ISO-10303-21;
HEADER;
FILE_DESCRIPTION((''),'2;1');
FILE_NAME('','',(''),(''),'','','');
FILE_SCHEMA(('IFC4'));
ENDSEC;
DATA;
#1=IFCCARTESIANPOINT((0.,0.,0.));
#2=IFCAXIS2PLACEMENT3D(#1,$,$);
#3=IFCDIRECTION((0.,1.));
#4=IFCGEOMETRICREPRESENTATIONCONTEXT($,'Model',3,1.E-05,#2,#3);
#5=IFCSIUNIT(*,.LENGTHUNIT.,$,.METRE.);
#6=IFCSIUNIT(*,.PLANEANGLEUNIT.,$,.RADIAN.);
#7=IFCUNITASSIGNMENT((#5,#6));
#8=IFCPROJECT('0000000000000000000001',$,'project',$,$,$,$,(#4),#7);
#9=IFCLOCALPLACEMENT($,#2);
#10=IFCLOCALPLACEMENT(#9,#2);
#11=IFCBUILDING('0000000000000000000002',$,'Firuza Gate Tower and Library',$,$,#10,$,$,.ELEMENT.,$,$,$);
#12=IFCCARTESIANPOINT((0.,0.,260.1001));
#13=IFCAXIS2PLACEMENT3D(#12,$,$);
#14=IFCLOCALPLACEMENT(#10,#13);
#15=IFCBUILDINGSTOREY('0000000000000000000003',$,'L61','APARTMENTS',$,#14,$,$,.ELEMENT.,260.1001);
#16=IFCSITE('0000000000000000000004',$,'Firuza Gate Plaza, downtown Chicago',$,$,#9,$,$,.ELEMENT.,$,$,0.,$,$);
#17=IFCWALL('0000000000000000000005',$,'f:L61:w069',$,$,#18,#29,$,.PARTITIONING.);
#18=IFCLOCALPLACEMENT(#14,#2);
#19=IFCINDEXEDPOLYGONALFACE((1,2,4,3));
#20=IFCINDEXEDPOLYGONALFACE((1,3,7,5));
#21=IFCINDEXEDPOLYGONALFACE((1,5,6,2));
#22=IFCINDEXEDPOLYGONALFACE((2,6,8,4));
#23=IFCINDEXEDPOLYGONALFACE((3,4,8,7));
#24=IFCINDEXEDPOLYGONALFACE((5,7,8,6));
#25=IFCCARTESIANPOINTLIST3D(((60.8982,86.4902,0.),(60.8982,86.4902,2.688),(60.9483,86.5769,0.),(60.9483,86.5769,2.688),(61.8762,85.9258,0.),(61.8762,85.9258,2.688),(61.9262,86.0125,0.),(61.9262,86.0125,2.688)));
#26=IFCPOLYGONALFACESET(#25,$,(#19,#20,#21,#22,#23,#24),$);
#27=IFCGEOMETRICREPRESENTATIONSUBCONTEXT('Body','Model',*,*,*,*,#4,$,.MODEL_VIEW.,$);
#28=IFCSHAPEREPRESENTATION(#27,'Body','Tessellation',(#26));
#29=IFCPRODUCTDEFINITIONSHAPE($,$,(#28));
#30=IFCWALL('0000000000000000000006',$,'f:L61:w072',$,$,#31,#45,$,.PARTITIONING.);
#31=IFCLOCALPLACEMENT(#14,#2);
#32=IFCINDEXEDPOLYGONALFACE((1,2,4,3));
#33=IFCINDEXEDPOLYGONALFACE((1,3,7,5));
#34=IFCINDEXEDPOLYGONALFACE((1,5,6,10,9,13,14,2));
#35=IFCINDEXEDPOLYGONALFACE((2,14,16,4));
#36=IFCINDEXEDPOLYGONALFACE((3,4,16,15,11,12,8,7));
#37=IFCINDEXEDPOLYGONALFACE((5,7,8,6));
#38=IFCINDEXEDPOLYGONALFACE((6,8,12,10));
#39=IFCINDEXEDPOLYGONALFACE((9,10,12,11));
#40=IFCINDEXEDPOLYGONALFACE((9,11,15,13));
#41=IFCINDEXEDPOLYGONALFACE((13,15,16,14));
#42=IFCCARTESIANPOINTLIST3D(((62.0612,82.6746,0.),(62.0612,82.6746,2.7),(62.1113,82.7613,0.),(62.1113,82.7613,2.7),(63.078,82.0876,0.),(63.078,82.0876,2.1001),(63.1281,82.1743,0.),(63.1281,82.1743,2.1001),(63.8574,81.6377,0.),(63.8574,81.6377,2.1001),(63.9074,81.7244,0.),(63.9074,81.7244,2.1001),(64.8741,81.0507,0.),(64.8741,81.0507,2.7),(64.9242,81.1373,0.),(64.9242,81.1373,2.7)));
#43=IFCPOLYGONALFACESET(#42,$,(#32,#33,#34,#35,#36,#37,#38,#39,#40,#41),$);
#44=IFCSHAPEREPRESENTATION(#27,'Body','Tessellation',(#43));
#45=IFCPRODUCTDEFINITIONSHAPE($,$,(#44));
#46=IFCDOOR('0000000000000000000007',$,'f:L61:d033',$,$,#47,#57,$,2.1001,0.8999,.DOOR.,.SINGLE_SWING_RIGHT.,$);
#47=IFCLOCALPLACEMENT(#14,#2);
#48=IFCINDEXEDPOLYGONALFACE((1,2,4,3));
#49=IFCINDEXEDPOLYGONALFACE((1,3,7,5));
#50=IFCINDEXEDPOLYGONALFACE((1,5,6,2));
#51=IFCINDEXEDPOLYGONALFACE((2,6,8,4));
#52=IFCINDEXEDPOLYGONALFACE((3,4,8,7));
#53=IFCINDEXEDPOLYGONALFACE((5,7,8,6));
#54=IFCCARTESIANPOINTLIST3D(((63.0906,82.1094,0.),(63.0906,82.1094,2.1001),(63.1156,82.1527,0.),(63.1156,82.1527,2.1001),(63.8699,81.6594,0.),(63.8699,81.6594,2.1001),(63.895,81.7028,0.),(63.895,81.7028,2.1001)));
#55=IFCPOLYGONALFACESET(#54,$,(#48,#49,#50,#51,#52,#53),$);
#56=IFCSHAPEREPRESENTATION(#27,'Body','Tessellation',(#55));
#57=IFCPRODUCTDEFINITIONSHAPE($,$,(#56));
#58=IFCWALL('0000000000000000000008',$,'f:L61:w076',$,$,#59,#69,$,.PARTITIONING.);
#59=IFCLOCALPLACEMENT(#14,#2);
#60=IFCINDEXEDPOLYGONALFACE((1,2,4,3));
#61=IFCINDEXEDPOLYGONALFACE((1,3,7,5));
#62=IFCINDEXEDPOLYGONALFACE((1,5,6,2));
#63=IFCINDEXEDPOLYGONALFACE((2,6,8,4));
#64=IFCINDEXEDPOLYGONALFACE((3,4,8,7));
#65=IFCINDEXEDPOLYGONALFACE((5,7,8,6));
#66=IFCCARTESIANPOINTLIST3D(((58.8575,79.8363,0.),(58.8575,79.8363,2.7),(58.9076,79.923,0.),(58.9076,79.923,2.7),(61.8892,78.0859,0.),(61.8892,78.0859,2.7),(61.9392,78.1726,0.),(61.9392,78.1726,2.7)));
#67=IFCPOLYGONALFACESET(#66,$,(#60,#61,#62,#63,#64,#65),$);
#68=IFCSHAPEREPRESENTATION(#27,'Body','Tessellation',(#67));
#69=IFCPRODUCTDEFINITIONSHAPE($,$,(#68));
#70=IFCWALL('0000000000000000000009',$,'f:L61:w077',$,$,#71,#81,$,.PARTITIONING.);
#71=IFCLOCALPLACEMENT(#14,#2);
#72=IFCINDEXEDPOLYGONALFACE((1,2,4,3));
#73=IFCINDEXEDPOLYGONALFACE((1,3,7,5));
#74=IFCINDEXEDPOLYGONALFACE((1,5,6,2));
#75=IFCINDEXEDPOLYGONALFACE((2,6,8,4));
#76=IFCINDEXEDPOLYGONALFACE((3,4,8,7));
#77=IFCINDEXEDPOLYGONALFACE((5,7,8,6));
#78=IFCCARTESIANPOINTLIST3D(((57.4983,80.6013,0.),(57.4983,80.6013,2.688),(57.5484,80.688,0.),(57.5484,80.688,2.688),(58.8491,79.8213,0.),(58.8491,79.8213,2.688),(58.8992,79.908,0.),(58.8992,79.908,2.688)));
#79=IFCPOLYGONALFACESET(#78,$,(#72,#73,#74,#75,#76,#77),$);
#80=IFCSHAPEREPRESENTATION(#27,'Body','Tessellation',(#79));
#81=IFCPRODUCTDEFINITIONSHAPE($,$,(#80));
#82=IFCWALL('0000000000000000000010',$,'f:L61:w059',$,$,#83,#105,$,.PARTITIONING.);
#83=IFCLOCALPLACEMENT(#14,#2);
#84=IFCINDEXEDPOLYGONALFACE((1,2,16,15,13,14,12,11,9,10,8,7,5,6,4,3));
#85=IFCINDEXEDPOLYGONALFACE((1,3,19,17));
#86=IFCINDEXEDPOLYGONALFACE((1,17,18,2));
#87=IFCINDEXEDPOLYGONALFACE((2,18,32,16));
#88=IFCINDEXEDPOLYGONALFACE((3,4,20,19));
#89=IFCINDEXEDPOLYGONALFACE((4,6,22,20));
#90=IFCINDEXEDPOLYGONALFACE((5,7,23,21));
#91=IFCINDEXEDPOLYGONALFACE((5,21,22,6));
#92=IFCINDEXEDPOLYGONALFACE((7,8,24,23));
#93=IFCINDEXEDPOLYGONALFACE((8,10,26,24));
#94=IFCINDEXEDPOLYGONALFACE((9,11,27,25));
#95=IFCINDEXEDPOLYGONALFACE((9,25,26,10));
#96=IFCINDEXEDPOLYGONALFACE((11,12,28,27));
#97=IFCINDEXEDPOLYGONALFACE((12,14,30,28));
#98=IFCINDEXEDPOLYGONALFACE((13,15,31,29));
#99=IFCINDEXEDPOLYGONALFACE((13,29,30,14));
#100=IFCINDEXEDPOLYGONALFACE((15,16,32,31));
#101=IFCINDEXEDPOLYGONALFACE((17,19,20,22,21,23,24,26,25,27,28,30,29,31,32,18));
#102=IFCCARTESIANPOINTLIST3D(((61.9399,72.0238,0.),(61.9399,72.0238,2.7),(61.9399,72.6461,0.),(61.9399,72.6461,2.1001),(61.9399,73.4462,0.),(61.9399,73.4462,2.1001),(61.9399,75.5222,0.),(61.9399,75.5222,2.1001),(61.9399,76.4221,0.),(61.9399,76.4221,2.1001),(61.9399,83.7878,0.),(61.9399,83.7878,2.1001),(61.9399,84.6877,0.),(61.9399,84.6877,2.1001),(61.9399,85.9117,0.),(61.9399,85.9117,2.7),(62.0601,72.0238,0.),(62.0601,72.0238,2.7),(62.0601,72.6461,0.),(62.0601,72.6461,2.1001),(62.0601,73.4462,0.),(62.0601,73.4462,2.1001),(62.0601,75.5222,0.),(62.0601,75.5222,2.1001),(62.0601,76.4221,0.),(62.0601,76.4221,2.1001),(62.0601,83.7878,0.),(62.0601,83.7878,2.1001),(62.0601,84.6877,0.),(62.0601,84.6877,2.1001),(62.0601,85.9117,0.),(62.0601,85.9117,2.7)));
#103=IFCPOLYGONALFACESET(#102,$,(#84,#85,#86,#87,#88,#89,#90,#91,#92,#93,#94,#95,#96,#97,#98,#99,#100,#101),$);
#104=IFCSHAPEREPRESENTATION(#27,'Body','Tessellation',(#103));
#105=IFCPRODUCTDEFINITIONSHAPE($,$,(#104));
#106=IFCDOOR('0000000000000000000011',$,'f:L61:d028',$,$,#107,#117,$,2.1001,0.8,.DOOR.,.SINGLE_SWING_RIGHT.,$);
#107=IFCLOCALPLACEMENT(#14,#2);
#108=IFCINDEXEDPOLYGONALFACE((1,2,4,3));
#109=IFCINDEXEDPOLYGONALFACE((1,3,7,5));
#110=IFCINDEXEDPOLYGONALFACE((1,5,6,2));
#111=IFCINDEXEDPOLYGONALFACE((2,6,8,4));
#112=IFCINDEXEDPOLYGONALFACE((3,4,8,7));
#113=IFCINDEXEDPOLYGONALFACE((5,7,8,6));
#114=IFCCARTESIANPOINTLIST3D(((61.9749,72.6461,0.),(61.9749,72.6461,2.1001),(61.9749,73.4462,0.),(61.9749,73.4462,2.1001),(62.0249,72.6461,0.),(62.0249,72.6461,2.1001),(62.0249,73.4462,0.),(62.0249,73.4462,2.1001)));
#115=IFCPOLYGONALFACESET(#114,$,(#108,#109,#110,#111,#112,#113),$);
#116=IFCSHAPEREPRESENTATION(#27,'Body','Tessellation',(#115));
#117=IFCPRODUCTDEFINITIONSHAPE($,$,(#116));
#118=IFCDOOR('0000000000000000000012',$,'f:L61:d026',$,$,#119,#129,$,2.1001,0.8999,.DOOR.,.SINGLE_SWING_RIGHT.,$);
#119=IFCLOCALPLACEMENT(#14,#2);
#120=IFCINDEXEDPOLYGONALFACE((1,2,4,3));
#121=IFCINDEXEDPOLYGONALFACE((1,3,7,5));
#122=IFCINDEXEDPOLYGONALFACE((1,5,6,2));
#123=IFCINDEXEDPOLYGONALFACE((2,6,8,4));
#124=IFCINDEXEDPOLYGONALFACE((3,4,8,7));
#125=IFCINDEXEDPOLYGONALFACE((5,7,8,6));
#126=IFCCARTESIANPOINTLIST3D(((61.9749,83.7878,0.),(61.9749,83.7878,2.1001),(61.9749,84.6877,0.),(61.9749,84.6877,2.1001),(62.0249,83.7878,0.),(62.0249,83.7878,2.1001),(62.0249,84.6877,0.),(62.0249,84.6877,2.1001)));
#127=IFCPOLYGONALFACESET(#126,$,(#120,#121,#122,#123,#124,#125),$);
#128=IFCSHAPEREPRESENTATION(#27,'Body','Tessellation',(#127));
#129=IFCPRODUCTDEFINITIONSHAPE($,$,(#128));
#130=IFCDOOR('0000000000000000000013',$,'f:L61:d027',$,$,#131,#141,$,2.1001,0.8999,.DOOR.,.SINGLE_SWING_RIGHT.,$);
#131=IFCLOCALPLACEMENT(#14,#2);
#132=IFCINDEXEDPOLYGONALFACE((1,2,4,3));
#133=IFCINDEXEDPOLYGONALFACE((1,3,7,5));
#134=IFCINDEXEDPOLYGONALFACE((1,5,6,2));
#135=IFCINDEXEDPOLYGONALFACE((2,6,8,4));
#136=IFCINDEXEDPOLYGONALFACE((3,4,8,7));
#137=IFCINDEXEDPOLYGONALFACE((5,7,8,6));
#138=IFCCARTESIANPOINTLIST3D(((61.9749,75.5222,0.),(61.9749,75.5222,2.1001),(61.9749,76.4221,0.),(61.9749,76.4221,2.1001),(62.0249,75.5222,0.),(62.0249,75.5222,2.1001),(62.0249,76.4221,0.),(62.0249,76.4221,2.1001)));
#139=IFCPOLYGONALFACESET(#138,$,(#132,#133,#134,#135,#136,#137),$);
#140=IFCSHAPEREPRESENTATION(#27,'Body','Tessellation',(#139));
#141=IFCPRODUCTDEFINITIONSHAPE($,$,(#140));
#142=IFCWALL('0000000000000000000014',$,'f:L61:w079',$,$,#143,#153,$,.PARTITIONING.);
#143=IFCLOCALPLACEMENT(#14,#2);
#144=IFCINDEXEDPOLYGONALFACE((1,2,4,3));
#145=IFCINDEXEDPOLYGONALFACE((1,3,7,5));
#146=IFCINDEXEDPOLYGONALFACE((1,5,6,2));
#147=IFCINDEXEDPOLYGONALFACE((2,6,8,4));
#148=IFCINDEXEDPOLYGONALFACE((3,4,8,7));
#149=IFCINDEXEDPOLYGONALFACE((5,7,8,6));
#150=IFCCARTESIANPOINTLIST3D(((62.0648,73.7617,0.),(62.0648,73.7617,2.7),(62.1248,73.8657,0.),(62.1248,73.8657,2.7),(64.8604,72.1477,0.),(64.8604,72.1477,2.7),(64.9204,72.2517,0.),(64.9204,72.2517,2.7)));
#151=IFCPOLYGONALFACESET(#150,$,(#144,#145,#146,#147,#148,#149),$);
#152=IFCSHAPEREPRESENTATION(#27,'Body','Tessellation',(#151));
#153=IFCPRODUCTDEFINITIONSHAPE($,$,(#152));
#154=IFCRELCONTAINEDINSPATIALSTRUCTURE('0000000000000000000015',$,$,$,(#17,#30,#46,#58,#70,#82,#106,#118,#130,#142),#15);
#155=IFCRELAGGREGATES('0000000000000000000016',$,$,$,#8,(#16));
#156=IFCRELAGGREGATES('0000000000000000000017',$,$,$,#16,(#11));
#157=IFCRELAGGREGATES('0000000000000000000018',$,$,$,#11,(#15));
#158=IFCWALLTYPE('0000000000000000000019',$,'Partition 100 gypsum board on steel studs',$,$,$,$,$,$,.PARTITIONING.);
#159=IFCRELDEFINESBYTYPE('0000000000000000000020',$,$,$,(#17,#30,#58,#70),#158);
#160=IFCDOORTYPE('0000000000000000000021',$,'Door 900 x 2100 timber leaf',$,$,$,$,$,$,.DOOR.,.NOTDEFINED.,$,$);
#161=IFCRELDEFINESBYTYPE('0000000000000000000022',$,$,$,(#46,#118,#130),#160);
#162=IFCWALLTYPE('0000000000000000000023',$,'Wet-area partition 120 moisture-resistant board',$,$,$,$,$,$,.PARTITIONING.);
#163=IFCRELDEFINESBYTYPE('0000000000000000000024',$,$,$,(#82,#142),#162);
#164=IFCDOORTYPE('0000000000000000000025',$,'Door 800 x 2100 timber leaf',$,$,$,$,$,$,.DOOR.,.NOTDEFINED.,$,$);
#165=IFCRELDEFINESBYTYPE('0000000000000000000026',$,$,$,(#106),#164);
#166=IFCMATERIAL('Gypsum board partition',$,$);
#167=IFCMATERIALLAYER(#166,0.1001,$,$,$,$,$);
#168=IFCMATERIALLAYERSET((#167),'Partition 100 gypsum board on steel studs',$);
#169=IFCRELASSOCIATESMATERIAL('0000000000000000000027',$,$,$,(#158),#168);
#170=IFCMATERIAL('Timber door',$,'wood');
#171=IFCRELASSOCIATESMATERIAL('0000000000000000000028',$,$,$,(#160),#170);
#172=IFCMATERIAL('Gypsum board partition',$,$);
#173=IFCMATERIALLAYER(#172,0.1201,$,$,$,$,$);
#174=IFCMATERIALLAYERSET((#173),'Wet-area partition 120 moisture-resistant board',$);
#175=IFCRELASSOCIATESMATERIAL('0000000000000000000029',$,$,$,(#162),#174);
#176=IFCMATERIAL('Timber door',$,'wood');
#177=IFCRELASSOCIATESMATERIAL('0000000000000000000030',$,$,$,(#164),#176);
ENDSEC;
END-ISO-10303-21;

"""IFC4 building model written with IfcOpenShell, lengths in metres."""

from ifc_helpers import new_model, si_unit, direction, frame, frame_2d, origin, place, context, subcontext, project, spatial, rectangle, extrude, material, layer, layer_set, type_object, element, fill, save


model = new_model("IFC4")

# Units and contexts
model_context = context("Model", 3, precision=1e-05, world=origin(), true_north=direction((0.0, 1.0)))
body_context = subcontext(model_context, "Body", "Model", "MODEL_VIEW")
ifc_project = project(units=[si_unit("LENGTHUNIT", "METRE"), si_unit("PLANEANGLEUNIT", "RADIAN")], contexts=[model_context])

# Site, building, storey
site_placement = place(None, origin())
site = spatial("IfcSite", under=ifc_project, at=site_placement, Name="Firuza Gate Plaza, downtown Chicago", CompositionType="ELEMENT", RefElevation=0.0)
building_placement = place(site_placement, origin())
building = spatial("IfcBuilding", under=site, at=building_placement, Name="Firuza Gate Tower and Library", CompositionType="ELEMENT")
storey_placement = place(building_placement, frame((0.0, 0.0, 260.1001)))
storey = spatial("IfcBuildingStorey", under=building, at=storey_placement, Name="L61", Description="APARTMENTS", CompositionType="ELEMENT", Elevation=260.1001)

# Wall
ifc_material_1 = material(Name="Gypsum board partition")
ifc_layer_1 = layer(ifc_material_1, 0.1001)
ifc_layer_set_1 = layer_set([ifc_layer_1], Name="Partition 100 gypsum board on steel studs")
wall_type_1 = type_object("IfcWallType", Name="Partition 100 gypsum board on steel studs", PredefinedType="PARTITIONING", material=ifc_layer_set_1)
wall_1_placement = place(storey_placement, frame((61.9011, 85.9692, 0.0), z_axis=(0.0, 0.0, 1.0), x_axis=(-0.866106, 0.49986, 0.0)))
element("IfcWall", 1, at=wall_1_placement, inside=storey, type_object=wall_type_1, Name="f:L61:w069", PredefinedType="PARTITIONING", context=body_context, shape_type="SweptSolid", body=[
    extrude(rectangle(XDim=1.1292, YDim=0.1001, at=frame_2d((0.5645, 0.0))), origin(), (0.0, 0.0, 1.0), 2.688),
])

# Wall, opening, door
wall_2_placement = place(storey_placement, frame((64.8992, 81.094, 0.0), z_axis=(0.0, 0.0, 1.0), x_axis=(-0.866033, 0.499987, 0.0)))
wall_2 = element("IfcWall", 2, at=wall_2_placement, inside=storey, type_object=wall_type_1, Name="f:L61:w072", PredefinedType="PARTITIONING", context=body_context, shape_type="SweptSolid", body=[
    extrude(rectangle(XDim=3.248, YDim=0.1001, at=frame_2d((1.624, 0.0))), origin(), (0.0, 0.0, 1.0), 2.7),
])
opening_1_placement = place(wall_2_placement, frame((1.1741, 0.0, 0.0)))
opening_1 = element("IfcOpeningElement", 3, at=opening_1_placement, cuts=wall_2, PredefinedType="OPENING", context=body_context, shape_type="SweptSolid", body=[
    extrude(rectangle(XDim=0.8999, YDim=2.1001, at=frame_2d((0.45, 1.05))), frame((0.0, 0.0601, 0.0), z_axis=(0.0, -1.0, 0.0), x_axis=(1.0, 0.0, 0.0)), (0.0, 0.0, 1.0), 0.1201),
])
ifc_material_2 = material(Name="Timber door", Category="wood")
door_type_1 = type_object("IfcDoorType", Name="Door 900 x 2100 timber leaf", OperationType="NOTDEFINED", PredefinedType="DOOR", material=ifc_material_2)
door_1_placement = place(opening_1_placement, origin())
door_1 = element("IfcDoor", 4, at=door_1_placement, inside=storey, type_object=door_type_1, Name="f:L61:d033", OperationType="SINGLE_SWING_RIGHT", OverallHeight=2.1001, OverallWidth=0.8999, PredefinedType="DOOR", context=body_context, shape_type="SweptSolid", body=[
    extrude(rectangle(XDim=0.8999, YDim=2.1001, at=frame_2d((0.45, 1.05))), frame((0.0, 0.0249, 0.0), z_axis=(0.0, -1.0, 0.0), x_axis=(1.0, 0.0, 0.0)), (0.0, 0.0, 1.0), 0.05),
])
fill(opening_1, door_1)

# Walls
wall_3_placement = place(storey_placement, frame((61.9143, 78.1292, 0.0), z_axis=(0.0, 0.0, 1.0), x_axis=(-0.866011, 0.500024, 0.0)))
element("IfcWall", 5, at=wall_3_placement, inside=storey, type_object=wall_type_1, Name="f:L61:w076", PredefinedType="PARTITIONING", context=body_context, shape_type="SweptSolid", body=[
    extrude(rectangle(XDim=3.5007, YDim=0.1001, at=frame_2d((1.7505, 0.0))), origin(), (0.0, 0.0, 1.0), 2.7),
])
wall_4_placement = place(storey_placement, frame((58.874, 79.8647, 0.0), z_axis=(0.0, 0.0, 1.0), x_axis=(-0.86599, 0.500061, 0.0)))
element("IfcWall", 6, at=wall_4_placement, inside=storey, type_object=wall_type_1, Name="f:L61:w077", PredefinedType="PARTITIONING", context=body_context, shape_type="SweptSolid", body=[
    extrude(rectangle(XDim=1.5598, YDim=0.1001, at=frame_2d((0.7798, 0.0))), origin(), (0.0, 0.0, 1.0), 2.688),
])

# Wall, openings, doors
ifc_material_3 = material(Name="Gypsum board partition")
ifc_layer_2 = layer(ifc_material_3, 0.1201)
ifc_layer_set_2 = layer_set([ifc_layer_2], Name="Wet-area partition 120 moisture-resistant board")
wall_type_2 = type_object("IfcWallType", Name="Wet-area partition 120 moisture-resistant board", PredefinedType="PARTITIONING", material=ifc_layer_set_2)
wall_5_placement = place(storey_placement, frame((62.0, 85.9116, 0.0), z_axis=(0.0, 0.0, 1.0), x_axis=(0.0, -1.0, 0.0)))
wall_5 = element("IfcWall", 7, at=wall_5_placement, inside=storey, type_object=wall_type_2, Name="f:L61:w059", PredefinedType="PARTITIONING", context=body_context, shape_type="SweptSolid", body=[
    extrude(rectangle(XDim=13.8879, YDim=0.1201, at=frame_2d((6.9438, 0.0))), origin(), (0.0, 0.0, 1.0), 2.7),
])
opening_2_placement = place(wall_5_placement, frame((1.2239, 0.0, 0.0)))
opening_2 = element("IfcOpeningElement", 8, at=opening_2_placement, cuts=wall_5, PredefinedType="OPENING", context=body_context, shape_type="SweptSolid", body=[
    extrude(rectangle(XDim=0.8999, YDim=2.1001, at=frame_2d((0.45, 1.05))), frame((0.0, 0.0701, 0.0), z_axis=(0.0, -1.0, 0.0), x_axis=(1.0, 0.0, 0.0)), (0.0, 0.0, 1.0), 0.1401),
])
opening_3_placement = place(wall_5_placement, frame((9.4895, 0.0, 0.0)))
opening_3 = element("IfcOpeningElement", 9, at=opening_3_placement, cuts=wall_5, PredefinedType="OPENING", context=body_context, shape_type="SweptSolid", body=[
    extrude(rectangle(XDim=0.8999, YDim=2.1001, at=frame_2d((0.45, 1.05))), frame((0.0, 0.0701, 0.0), z_axis=(0.0, -1.0, 0.0), x_axis=(1.0, 0.0, 0.0)), (0.0, 0.0, 1.0), 0.1401),
])
opening_4_placement = place(wall_5_placement, frame((12.4656, 0.0, 0.0)))
opening_4 = element("IfcOpeningElement", 10, at=opening_4_placement, cuts=wall_5, PredefinedType="OPENING", context=body_context, shape_type="SweptSolid", body=[
    extrude(rectangle(XDim=0.8, YDim=2.1001, at=frame_2d((0.3999, 1.05))), frame((0.0, 0.0701, 0.0), z_axis=(0.0, -1.0, 0.0), x_axis=(1.0, 0.0, 0.0)), (0.0, 0.0, 1.0), 0.1401),
])
ifc_material_4 = material(Name="Timber door", Category="wood")
door_type_2 = type_object("IfcDoorType", Name="Door 800 x 2100 timber leaf", OperationType="NOTDEFINED", PredefinedType="DOOR", material=ifc_material_4)
door_2_placement = place(opening_4_placement, origin())
door_2 = element("IfcDoor", 11, at=door_2_placement, inside=storey, type_object=door_type_2, Name="f:L61:d028", OperationType="SINGLE_SWING_RIGHT", OverallHeight=2.1001, OverallWidth=0.8, PredefinedType="DOOR", context=body_context, shape_type="SweptSolid", body=[
    extrude(rectangle(XDim=0.8, YDim=2.1001, at=frame_2d((0.3999, 1.05))), frame((0.0, 0.0249, 0.0), z_axis=(0.0, -1.0, 0.0), x_axis=(1.0, 0.0, 0.0)), (0.0, 0.0, 1.0), 0.05),
])
fill(opening_4, door_2)
door_3_placement = place(opening_2_placement, origin())
door_3 = element("IfcDoor", 12, at=door_3_placement, inside=storey, type_object=door_type_1, Name="f:L61:d026", OperationType="SINGLE_SWING_RIGHT", OverallHeight=2.1001, OverallWidth=0.8999, PredefinedType="DOOR", context=body_context, shape_type="SweptSolid", body=[
    extrude(rectangle(XDim=0.8999, YDim=2.1001, at=frame_2d((0.45, 1.05))), frame((0.0, 0.0249, 0.0), z_axis=(0.0, -1.0, 0.0), x_axis=(1.0, 0.0, 0.0)), (0.0, 0.0, 1.0), 0.05),
])
fill(opening_2, door_3)
door_4_placement = place(opening_3_placement, origin())
door_4 = element("IfcDoor", 13, at=door_4_placement, inside=storey, type_object=door_type_1, Name="f:L61:d027", OperationType="SINGLE_SWING_RIGHT", OverallHeight=2.1001, OverallWidth=0.8999, PredefinedType="DOOR", context=body_context, shape_type="SweptSolid", body=[
    extrude(rectangle(XDim=0.8999, YDim=2.1001, at=frame_2d((0.45, 1.05))), frame((0.0, 0.0249, 0.0), z_axis=(0.0, -1.0, 0.0), x_axis=(1.0, 0.0, 0.0)), (0.0, 0.0, 1.0), 0.05),
])
fill(opening_3, door_4)

# Wall
wall_6_placement = place(storey_placement, frame((64.8904, 72.1997, 0.0), z_axis=(0.0, 0.0, 1.0), x_axis=(-0.866033, 0.499987, 0.0)))
element("IfcWall", 14, at=wall_6_placement, inside=storey, type_object=wall_type_2, Name="f:L61:w079", PredefinedType="PARTITIONING", context=body_context, shape_type="SweptSolid", body=[
    extrude(rectangle(XDim=3.228, YDim=0.1201, at=frame_2d((1.614, 0.0))), origin(), (0.0, 0.0, 1.0), 2.7),
])

save(model, "model.ifc")
